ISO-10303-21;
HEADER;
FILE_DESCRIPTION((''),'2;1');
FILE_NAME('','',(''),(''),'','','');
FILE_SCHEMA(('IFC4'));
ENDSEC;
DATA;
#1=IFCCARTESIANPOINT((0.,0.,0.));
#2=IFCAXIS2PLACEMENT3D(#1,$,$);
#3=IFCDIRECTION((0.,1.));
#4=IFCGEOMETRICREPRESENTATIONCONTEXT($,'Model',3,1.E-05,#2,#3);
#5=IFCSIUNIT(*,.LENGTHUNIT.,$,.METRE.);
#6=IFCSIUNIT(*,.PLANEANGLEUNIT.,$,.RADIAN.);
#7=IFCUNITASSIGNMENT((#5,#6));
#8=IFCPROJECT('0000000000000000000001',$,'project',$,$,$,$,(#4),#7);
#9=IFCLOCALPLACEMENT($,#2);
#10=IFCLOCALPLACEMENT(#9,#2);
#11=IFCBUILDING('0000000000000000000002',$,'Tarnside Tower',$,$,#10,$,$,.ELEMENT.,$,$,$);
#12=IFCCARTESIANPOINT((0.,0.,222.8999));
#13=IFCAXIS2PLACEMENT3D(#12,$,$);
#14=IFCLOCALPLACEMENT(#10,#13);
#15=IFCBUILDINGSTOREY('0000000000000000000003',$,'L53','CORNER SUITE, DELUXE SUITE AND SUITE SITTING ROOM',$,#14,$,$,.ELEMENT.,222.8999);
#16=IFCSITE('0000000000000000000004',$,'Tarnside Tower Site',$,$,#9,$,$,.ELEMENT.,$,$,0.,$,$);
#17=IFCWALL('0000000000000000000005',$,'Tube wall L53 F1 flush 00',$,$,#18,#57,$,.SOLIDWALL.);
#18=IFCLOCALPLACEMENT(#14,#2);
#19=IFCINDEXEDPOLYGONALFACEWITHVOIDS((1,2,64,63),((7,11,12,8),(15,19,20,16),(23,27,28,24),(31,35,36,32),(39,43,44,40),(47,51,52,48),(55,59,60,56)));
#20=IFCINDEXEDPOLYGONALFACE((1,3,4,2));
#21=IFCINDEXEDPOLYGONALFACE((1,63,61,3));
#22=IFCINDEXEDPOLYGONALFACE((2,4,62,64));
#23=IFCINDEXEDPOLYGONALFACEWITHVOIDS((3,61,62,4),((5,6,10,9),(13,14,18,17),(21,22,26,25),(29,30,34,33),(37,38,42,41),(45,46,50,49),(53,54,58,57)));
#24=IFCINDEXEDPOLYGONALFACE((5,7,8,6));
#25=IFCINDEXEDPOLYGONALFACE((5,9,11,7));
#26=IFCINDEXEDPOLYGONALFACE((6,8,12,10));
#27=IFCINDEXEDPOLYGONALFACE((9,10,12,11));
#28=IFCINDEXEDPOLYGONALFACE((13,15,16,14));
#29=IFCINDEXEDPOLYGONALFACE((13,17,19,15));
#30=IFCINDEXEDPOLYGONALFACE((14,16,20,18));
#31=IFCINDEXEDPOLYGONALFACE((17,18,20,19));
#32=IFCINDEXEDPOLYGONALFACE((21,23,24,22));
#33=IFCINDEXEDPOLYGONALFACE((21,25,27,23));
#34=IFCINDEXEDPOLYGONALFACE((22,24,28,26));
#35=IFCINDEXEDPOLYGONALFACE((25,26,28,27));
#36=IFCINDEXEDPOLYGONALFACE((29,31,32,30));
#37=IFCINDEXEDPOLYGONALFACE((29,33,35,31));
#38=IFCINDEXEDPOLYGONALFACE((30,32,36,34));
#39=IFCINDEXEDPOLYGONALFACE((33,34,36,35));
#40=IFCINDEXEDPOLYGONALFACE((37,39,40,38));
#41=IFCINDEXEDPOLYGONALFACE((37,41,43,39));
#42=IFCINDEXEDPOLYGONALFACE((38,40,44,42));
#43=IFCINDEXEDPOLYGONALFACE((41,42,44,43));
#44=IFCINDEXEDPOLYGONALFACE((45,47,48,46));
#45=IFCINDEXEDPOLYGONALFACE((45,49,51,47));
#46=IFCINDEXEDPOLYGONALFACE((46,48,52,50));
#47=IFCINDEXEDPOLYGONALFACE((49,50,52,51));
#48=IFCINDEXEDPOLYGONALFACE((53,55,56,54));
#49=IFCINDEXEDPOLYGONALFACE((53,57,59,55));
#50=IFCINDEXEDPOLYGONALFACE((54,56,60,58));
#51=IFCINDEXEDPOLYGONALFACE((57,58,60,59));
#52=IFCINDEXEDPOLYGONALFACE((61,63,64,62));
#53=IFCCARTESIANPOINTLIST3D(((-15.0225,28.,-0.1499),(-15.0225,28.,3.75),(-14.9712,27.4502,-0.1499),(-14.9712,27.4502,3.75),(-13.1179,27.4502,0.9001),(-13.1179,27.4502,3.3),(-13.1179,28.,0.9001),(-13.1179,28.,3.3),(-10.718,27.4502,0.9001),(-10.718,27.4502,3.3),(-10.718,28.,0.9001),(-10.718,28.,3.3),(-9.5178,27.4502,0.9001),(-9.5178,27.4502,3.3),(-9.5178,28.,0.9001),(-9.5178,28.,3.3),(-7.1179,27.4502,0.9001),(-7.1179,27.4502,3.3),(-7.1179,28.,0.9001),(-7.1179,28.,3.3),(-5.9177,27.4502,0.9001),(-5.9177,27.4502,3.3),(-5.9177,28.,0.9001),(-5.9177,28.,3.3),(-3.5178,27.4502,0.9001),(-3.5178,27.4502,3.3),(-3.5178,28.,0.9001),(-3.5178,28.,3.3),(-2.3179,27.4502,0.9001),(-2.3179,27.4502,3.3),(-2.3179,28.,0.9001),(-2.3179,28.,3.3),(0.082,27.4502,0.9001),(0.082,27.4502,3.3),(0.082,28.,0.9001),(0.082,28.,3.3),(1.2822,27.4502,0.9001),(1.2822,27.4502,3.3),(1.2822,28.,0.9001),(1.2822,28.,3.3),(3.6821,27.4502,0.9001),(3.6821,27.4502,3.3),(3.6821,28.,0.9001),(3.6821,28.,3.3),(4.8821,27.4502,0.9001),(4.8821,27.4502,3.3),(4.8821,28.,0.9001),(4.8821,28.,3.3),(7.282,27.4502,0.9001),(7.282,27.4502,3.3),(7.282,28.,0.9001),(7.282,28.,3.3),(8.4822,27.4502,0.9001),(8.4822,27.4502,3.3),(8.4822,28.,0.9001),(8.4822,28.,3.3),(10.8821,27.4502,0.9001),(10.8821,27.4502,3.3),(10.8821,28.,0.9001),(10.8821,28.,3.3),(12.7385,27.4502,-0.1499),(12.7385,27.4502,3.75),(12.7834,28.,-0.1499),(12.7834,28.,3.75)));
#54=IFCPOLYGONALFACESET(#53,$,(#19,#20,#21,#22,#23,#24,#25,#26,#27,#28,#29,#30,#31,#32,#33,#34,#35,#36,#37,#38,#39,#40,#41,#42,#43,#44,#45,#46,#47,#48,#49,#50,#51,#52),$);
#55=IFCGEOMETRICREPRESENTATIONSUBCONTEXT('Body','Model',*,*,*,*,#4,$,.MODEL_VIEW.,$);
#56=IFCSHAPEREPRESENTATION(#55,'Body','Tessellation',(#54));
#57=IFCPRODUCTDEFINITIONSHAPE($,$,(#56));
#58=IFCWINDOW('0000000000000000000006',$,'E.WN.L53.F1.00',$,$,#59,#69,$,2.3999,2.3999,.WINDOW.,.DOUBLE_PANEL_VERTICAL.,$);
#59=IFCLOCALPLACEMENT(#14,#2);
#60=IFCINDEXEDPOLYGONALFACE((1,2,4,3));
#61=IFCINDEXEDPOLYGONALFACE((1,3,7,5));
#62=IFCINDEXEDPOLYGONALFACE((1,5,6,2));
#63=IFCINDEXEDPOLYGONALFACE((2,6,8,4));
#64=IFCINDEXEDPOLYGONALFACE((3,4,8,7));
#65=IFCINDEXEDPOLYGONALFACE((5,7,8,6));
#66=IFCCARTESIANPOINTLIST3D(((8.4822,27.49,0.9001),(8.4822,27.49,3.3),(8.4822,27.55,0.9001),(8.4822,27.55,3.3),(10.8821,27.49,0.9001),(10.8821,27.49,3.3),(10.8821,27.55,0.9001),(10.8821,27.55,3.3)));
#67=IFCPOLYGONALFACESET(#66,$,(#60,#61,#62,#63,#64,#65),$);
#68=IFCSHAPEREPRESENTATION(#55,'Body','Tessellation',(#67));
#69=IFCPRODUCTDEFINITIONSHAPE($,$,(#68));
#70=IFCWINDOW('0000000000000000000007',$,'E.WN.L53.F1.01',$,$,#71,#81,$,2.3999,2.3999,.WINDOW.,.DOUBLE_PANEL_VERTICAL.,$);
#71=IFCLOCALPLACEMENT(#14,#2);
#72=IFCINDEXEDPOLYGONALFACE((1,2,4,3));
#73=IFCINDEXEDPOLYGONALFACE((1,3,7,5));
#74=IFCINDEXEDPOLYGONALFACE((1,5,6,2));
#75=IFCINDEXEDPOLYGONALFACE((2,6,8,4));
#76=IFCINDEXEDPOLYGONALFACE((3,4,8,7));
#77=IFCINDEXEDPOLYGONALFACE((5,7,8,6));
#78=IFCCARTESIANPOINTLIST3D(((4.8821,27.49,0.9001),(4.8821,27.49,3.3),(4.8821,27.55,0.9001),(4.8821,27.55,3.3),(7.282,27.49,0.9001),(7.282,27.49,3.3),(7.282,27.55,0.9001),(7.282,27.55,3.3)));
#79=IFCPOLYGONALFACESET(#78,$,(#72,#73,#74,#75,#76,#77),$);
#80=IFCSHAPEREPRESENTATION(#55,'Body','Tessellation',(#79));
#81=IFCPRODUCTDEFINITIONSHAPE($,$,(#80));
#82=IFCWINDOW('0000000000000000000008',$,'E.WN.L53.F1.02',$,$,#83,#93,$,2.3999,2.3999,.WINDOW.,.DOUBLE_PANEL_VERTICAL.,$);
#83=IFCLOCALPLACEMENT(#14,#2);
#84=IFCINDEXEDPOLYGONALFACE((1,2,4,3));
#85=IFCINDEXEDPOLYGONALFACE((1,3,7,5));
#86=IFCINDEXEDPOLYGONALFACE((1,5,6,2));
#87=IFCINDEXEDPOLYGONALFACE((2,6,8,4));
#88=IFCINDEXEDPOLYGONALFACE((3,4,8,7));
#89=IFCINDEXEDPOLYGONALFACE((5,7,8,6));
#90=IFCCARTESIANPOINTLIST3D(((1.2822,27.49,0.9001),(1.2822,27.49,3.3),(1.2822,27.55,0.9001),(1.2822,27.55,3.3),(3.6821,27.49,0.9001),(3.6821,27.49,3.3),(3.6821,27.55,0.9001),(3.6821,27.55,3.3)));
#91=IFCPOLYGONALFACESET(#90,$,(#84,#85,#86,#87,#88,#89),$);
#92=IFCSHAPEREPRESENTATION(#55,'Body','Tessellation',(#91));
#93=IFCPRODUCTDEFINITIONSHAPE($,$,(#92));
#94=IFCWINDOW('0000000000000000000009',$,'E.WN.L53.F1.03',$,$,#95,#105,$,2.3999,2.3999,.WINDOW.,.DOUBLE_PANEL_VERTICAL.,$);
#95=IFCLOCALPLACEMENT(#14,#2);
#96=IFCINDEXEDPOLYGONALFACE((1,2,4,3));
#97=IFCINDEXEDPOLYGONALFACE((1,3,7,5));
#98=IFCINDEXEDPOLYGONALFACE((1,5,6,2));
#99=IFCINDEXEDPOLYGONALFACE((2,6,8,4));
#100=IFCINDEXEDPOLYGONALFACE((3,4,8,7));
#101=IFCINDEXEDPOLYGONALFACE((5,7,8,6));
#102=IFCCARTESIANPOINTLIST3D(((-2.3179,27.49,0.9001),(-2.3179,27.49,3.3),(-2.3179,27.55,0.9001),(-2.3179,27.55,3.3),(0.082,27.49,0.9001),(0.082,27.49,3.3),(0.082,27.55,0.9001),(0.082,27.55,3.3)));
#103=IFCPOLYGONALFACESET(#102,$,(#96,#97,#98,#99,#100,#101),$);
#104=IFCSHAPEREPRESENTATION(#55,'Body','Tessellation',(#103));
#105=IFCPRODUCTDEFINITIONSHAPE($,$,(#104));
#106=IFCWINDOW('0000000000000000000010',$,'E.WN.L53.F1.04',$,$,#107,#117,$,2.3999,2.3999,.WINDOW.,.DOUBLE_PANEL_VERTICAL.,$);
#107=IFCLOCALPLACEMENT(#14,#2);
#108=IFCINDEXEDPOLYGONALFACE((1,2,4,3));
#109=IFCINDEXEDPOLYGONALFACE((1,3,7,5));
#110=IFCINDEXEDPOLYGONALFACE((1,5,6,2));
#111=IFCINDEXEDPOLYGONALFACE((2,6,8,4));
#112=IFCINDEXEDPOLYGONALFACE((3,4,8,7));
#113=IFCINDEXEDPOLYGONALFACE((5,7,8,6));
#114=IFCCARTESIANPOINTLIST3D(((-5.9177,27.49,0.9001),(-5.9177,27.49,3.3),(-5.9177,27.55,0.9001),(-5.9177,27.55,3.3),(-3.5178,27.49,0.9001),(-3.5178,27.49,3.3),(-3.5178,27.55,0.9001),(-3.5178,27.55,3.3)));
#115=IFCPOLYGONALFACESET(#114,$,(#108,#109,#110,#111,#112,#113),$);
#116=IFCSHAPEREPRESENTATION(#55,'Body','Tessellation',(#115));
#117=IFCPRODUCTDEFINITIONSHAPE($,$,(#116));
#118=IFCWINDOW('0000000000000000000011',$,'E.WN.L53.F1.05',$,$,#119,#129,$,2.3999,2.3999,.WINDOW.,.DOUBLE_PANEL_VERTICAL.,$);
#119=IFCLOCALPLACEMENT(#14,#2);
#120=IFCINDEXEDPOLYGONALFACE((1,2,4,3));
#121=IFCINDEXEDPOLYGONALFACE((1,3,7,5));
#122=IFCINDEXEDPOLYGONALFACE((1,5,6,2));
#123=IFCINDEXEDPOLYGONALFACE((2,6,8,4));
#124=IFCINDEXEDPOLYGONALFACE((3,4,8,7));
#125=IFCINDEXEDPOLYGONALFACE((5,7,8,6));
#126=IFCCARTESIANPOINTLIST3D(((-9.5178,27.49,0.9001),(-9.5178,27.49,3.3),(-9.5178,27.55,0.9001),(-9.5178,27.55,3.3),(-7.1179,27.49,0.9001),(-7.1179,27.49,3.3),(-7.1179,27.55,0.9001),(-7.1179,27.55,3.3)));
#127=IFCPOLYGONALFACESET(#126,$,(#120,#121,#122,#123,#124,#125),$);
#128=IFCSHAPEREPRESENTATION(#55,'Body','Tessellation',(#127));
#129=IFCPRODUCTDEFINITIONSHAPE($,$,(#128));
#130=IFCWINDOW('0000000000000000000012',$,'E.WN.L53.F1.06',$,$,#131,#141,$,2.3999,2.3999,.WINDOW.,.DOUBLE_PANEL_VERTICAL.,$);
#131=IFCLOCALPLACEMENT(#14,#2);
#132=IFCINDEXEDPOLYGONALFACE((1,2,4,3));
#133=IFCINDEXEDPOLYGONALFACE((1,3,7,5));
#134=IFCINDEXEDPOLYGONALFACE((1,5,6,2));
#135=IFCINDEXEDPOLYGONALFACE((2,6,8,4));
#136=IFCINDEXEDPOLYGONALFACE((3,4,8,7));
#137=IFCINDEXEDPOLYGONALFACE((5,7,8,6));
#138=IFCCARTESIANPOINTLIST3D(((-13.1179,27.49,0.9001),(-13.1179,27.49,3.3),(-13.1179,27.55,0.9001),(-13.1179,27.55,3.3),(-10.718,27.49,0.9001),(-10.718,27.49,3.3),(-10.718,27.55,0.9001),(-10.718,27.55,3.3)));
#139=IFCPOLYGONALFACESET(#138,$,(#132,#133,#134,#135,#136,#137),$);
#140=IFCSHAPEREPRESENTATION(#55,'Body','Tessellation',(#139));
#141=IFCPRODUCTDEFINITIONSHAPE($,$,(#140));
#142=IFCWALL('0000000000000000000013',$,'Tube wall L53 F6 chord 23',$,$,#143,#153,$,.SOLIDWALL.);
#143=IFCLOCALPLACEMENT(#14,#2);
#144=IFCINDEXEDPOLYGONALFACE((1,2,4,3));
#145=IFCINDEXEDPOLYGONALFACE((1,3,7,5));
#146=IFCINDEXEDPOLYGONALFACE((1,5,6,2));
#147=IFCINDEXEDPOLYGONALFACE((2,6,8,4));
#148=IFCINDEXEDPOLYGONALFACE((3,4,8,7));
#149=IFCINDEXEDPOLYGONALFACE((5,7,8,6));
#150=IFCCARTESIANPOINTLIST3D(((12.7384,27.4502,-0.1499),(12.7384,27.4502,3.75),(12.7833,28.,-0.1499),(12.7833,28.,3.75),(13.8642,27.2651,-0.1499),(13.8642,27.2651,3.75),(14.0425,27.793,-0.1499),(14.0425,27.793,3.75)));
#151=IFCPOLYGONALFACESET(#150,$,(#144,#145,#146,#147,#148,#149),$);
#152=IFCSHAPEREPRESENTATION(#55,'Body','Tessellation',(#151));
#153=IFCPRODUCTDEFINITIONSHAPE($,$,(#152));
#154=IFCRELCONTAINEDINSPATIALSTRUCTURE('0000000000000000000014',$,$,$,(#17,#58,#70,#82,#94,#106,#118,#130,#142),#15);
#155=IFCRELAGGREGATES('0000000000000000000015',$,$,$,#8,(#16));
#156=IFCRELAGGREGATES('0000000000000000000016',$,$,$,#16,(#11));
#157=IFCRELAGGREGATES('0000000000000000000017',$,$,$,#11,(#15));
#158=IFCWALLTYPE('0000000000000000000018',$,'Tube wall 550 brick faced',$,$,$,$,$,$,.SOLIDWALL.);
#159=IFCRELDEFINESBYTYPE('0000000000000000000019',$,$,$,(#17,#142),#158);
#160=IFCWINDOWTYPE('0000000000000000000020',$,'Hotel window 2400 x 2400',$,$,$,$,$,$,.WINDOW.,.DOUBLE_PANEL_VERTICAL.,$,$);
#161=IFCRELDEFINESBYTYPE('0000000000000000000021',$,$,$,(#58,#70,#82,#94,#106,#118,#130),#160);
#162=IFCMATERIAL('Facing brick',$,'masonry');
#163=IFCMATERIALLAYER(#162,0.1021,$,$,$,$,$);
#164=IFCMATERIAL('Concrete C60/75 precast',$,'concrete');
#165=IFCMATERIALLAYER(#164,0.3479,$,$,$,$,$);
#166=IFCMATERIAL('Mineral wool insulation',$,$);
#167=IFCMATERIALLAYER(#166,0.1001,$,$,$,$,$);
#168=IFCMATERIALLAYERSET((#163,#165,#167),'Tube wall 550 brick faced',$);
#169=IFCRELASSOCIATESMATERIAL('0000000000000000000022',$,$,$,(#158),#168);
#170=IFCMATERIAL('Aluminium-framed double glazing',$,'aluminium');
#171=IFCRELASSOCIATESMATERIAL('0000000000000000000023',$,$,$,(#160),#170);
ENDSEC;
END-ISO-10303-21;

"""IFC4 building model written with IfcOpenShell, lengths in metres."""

from ifc_helpers import new_model, si_unit, direction, frame, frame_2d, origin, place, context, subcontext, project, spatial, polyline, rectangle, outline, extrude, material, layer, layer_set, type_object, element, fill, save


model = new_model("IFC4")

# Units and contexts
model_context = context("Model", 3, precision=1e-05, world=origin(), true_north=direction((0.0, 1.0)))
body_context = subcontext(model_context, "Body", "Model", "MODEL_VIEW")
ifc_project = project(units=[si_unit("LENGTHUNIT", "METRE"), si_unit("PLANEANGLEUNIT", "RADIAN")], contexts=[model_context])

# Site, building, storey
site_placement = place(None, origin())
site = spatial("IfcSite", under=ifc_project, at=site_placement, Name="Tarnside Tower Site", CompositionType="ELEMENT", RefElevation=0.0)
building_placement = place(site_placement, origin())
building = spatial("IfcBuilding", under=site, at=building_placement, Name="Tarnside Tower", CompositionType="ELEMENT")
storey_placement = place(building_placement, frame((0.0, 0.0, 222.8999)))
storey = spatial("IfcBuildingStorey", under=building, at=storey_placement, Name="L53", Description="CORNER SUITE, DELUXE SUITE AND SUITE SITTING ROOM", CompositionType="ELEMENT", Elevation=222.8999)

# Wall, openings, windows
ifc_material_1 = material(Name="Facing brick", Category="masonry")
ifc_layer_1 = layer(ifc_material_1, 0.1021)
ifc_material_2 = material(Name="Concrete C60/75 precast", Category="concrete")
ifc_layer_2 = layer(ifc_material_2, 0.3479)
ifc_material_3 = material(Name="Mineral wool insulation")
ifc_layer_3 = layer(ifc_material_3, 0.1001)
ifc_layer_set_1 = layer_set([ifc_layer_1, ifc_layer_2, ifc_layer_3], Name="Tube wall 550 brick faced")
wall_type_1 = type_object("IfcWallType", Name="Tube wall 550 brick faced", PredefinedType="SOLIDWALL", material=ifc_layer_set_1)
wall_1_placement = place(storey_placement, frame((12.761, 27.7251, -0.1499), z_axis=(0.0, 0.0, 1.0), x_axis=(-1.0, 0.0, 0.0)))
wall_1 = element("IfcWall", 1, at=wall_1_placement, inside=storey, type_object=wall_type_1, Name="Tube wall L53 F1 flush 00", PredefinedType="SOLIDWALL", context=body_context, shape_type="SweptSolid", body=[
    extrude(outline(polyline([(-0.0225, -0.2749), (27.7834, -0.2749), (27.7322, 0.2749), (0.0225, 0.2749), (-0.0225, -0.2749)])), origin(), (0.0, 0.0, 1.0), 3.8999),
])
opening_1_placement = place(wall_1_placement, frame((1.8789, 0.0, 1.05)))
opening_1 = element("IfcOpeningElement", 2, at=opening_1_placement, cuts=wall_1, PredefinedType="OPENING", context=body_context, shape_type="SweptSolid", body=[
    extrude(rectangle(XDim=2.3999, YDim=2.3999, at=frame_2d((1.2, 1.2))), frame((0.0, 0.2852, 0.0), z_axis=(0.0, -1.0, 0.0), x_axis=(1.0, 0.0, 0.0)), (0.0, 0.0, 1.0), 0.5701),
])
opening_2_placement = place(wall_1_placement, frame((5.479, 0.0, 1.05)))
opening_2 = element("IfcOpeningElement", 3, at=opening_2_placement, cuts=wall_1, PredefinedType="OPENING", context=body_context, shape_type="SweptSolid", body=[
    extrude(rectangle(XDim=2.3999, YDim=2.3999, at=frame_2d((1.2, 1.2))), frame((0.0, 0.2852, 0.0), z_axis=(0.0, -1.0, 0.0), x_axis=(1.0, 0.0, 0.0)), (0.0, 0.0, 1.0), 0.5701),
])
opening_3_placement = place(wall_1_placement, frame((9.0789, 0.0, 1.05)))
opening_3 = element("IfcOpeningElement", 4, at=opening_3_placement, cuts=wall_1, PredefinedType="OPENING", context=body_context, shape_type="SweptSolid", body=[
    extrude(rectangle(XDim=2.3999, YDim=2.3999, at=frame_2d((1.2, 1.2))), frame((0.0, 0.2852, 0.0), z_axis=(0.0, -1.0, 0.0), x_axis=(1.0, 0.0, 0.0)), (0.0, 0.0, 1.0), 0.5701),
])
opening_4_placement = place(wall_1_placement, frame((12.679, 0.0, 1.05)))
opening_4 = element("IfcOpeningElement", 5, at=opening_4_placement, cuts=wall_1, PredefinedType="OPENING", context=body_context, shape_type="SweptSolid", body=[
    extrude(rectangle(XDim=2.3999, YDim=2.3999, at=frame_2d((1.2, 1.2))), frame((0.0, 0.2852, 0.0), z_axis=(0.0, -1.0, 0.0), x_axis=(1.0, 0.0, 0.0)), (0.0, 0.0, 1.0), 0.5701),
])
opening_5_placement = place(wall_1_placement, frame((16.2788, 0.0, 1.05)))
opening_5 = element("IfcOpeningElement", 6, at=opening_5_placement, cuts=wall_1, PredefinedType="OPENING", context=body_context, shape_type="SweptSolid", body=[
    extrude(rectangle(XDim=2.3999, YDim=2.3999, at=frame_2d((1.2, 1.2))), frame((0.0, 0.2852, 0.0), z_axis=(0.0, -1.0, 0.0), x_axis=(1.0, 0.0, 0.0)), (0.0, 0.0, 1.0), 0.5701),
])
opening_6_placement = place(wall_1_placement, frame((19.8789, 0.0, 1.05)))
opening_6 = element("IfcOpeningElement", 7, at=opening_6_placement, cuts=wall_1, PredefinedType="OPENING", context=body_context, shape_type="SweptSolid", body=[
    extrude(rectangle(XDim=2.3999, YDim=2.3999, at=frame_2d((1.2, 1.2))), frame((0.0, 0.2852, 0.0), z_axis=(0.0, -1.0, 0.0), x_axis=(1.0, 0.0, 0.0)), (0.0, 0.0, 1.0), 0.5701),
])
opening_7_placement = place(wall_1_placement, frame((23.479, 0.0, 1.05)))
opening_7 = element("IfcOpeningElement", 8, at=opening_7_placement, cuts=wall_1, PredefinedType="OPENING", context=body_context, shape_type="SweptSolid", body=[
    extrude(rectangle(XDim=2.3999, YDim=2.3999, at=frame_2d((1.2, 1.2))), frame((0.0, 0.2852, 0.0), z_axis=(0.0, -1.0, 0.0), x_axis=(1.0, 0.0, 0.0)), (0.0, 0.0, 1.0), 0.5701),
])
ifc_material_4 = material(Name="Aluminium-framed double glazing", Category="aluminium")
window_type = type_object("IfcWindowType", Name="Hotel window 2400 x 2400", PartitioningType="DOUBLE_PANEL_VERTICAL", PredefinedType="WINDOW", material=ifc_material_4)
window_1_placement = place(opening_1_placement, frame((0.0, 0.2051, 0.0)))
window_1 = element("IfcWindow", 9, at=window_1_placement, inside=storey, type_object=window_type, Name="E.WN.L53.F1.00", OverallHeight=2.3999, OverallWidth=2.3999, PartitioningType="DOUBLE_PANEL_VERTICAL", PredefinedType="WINDOW", context=body_context, shape_type="SweptSolid", body=[
    extrude(rectangle(XDim=2.3999, YDim=2.3999, at=frame_2d((1.2, 1.2))), frame((0.0, 0.03, 0.0), z_axis=(0.0, -1.0, 0.0), x_axis=(1.0, 0.0, 0.0)), (0.0, 0.0, 1.0), 0.0601),
])
fill(opening_1, window_1)
window_2_placement = place(opening_2_placement, frame((0.0, 0.2051, 0.0)))
window_2 = element("IfcWindow", 10, at=window_2_placement, inside=storey, type_object=window_type, Name="E.WN.L53.F1.01", OverallHeight=2.3999, OverallWidth=2.3999, PartitioningType="DOUBLE_PANEL_VERTICAL", PredefinedType="WINDOW", context=body_context, shape_type="SweptSolid", body=[
    extrude(rectangle(XDim=2.3999, YDim=2.3999, at=frame_2d((1.2, 1.2))), frame((0.0, 0.03, 0.0), z_axis=(0.0, -1.0, 0.0), x_axis=(1.0, 0.0, 0.0)), (0.0, 0.0, 1.0), 0.0601),
])
fill(opening_2, window_2)
window_3_placement = place(opening_3_placement, frame((0.0, 0.2051, 0.0)))
window_3 = element("IfcWindow", 11, at=window_3_placement, inside=storey, type_object=window_type, Name="E.WN.L53.F1.02", OverallHeight=2.3999, OverallWidth=2.3999, PartitioningType="DOUBLE_PANEL_VERTICAL", PredefinedType="WINDOW", context=body_context, shape_type="SweptSolid", body=[
    extrude(rectangle(XDim=2.3999, YDim=2.3999, at=frame_2d((1.2, 1.2))), frame((0.0, 0.03, 0.0), z_axis=(0.0, -1.0, 0.0), x_axis=(1.0, 0.0, 0.0)), (0.0, 0.0, 1.0), 0.0601),
])
fill(opening_3, window_3)
window_4_placement = place(opening_4_placement, frame((0.0, 0.2051, 0.0)))
window_4 = element("IfcWindow", 12, at=window_4_placement, inside=storey, type_object=window_type, Name="E.WN.L53.F1.03", OverallHeight=2.3999, OverallWidth=2.3999, PartitioningType="DOUBLE_PANEL_VERTICAL", PredefinedType="WINDOW", context=body_context, shape_type="SweptSolid", body=[
    extrude(rectangle(XDim=2.3999, YDim=2.3999, at=frame_2d((1.2, 1.2))), frame((0.0, 0.03, 0.0), z_axis=(0.0, -1.0, 0.0), x_axis=(1.0, 0.0, 0.0)), (0.0, 0.0, 1.0), 0.0601),
])
fill(opening_4, window_4)
window_5_placement = place(opening_5_placement, frame((0.0, 0.2051, 0.0)))
window_5 = element("IfcWindow", 13, at=window_5_placement, inside=storey, type_object=window_type, Name="E.WN.L53.F1.04", OverallHeight=2.3999, OverallWidth=2.3999, PartitioningType="DOUBLE_PANEL_VERTICAL", PredefinedType="WINDOW", context=body_context, shape_type="SweptSolid", body=[
    extrude(rectangle(XDim=2.3999, YDim=2.3999, at=frame_2d((1.2, 1.2))), frame((0.0, 0.03, 0.0), z_axis=(0.0, -1.0, 0.0), x_axis=(1.0, 0.0, 0.0)), (0.0, 0.0, 1.0), 0.0601),
])
fill(opening_5, window_5)
window_6_placement = place(opening_6_placement, frame((0.0, 0.2051, 0.0)))
window_6 = element("IfcWindow", 14, at=window_6_placement, inside=storey, type_object=window_type, Name="E.WN.L53.F1.05", OverallHeight=2.3999, OverallWidth=2.3999, PartitioningType="DOUBLE_PANEL_VERTICAL", PredefinedType="WINDOW", context=body_context, shape_type="SweptSolid", body=[
    extrude(rectangle(XDim=2.3999, YDim=2.3999, at=frame_2d((1.2, 1.2))), frame((0.0, 0.03, 0.0), z_axis=(0.0, -1.0, 0.0), x_axis=(1.0, 0.0, 0.0)), (0.0, 0.0, 1.0), 0.0601),
])
fill(opening_6, window_6)
window_7_placement = place(opening_7_placement, frame((0.0, 0.2051, 0.0)))
window_7 = element("IfcWindow", 15, at=window_7_placement, inside=storey, type_object=window_type, Name="E.WN.L53.F1.06", OverallHeight=2.3999, OverallWidth=2.3999, PartitioningType="DOUBLE_PANEL_VERTICAL", PredefinedType="WINDOW", context=body_context, shape_type="SweptSolid", body=[
    extrude(rectangle(XDim=2.3999, YDim=2.3999, at=frame_2d((1.2, 1.2))), frame((0.0, 0.03, 0.0), z_axis=(0.0, -1.0, 0.0), x_axis=(1.0, 0.0, 0.0)), (0.0, 0.0, 1.0), 0.0601),
])
fill(opening_7, window_7)

# Wall
wall_2_placement = place(storey_placement, frame((13.9534, 27.5291, -0.1499), z_axis=(0.0, 0.0, 1.0), x_axis=(-0.986752, 0.162236, 0.0)))
element("IfcWall", 16, at=wall_2_placement, inside=storey, type_object=wall_type_1, Name="Tube wall L53 F6 chord 23", PredefinedType="SOLIDWALL", context=body_context, shape_type="SweptSolid", body=[
    extrude(outline(polyline([(-0.0452, -0.2749), (1.231, -0.2749), (1.186, 0.2749), (0.0452, 0.2749), (-0.0452, -0.2749)])), origin(), (0.0, 0.0, 1.0), 3.8999),
])

save(model, "model.ifc")
